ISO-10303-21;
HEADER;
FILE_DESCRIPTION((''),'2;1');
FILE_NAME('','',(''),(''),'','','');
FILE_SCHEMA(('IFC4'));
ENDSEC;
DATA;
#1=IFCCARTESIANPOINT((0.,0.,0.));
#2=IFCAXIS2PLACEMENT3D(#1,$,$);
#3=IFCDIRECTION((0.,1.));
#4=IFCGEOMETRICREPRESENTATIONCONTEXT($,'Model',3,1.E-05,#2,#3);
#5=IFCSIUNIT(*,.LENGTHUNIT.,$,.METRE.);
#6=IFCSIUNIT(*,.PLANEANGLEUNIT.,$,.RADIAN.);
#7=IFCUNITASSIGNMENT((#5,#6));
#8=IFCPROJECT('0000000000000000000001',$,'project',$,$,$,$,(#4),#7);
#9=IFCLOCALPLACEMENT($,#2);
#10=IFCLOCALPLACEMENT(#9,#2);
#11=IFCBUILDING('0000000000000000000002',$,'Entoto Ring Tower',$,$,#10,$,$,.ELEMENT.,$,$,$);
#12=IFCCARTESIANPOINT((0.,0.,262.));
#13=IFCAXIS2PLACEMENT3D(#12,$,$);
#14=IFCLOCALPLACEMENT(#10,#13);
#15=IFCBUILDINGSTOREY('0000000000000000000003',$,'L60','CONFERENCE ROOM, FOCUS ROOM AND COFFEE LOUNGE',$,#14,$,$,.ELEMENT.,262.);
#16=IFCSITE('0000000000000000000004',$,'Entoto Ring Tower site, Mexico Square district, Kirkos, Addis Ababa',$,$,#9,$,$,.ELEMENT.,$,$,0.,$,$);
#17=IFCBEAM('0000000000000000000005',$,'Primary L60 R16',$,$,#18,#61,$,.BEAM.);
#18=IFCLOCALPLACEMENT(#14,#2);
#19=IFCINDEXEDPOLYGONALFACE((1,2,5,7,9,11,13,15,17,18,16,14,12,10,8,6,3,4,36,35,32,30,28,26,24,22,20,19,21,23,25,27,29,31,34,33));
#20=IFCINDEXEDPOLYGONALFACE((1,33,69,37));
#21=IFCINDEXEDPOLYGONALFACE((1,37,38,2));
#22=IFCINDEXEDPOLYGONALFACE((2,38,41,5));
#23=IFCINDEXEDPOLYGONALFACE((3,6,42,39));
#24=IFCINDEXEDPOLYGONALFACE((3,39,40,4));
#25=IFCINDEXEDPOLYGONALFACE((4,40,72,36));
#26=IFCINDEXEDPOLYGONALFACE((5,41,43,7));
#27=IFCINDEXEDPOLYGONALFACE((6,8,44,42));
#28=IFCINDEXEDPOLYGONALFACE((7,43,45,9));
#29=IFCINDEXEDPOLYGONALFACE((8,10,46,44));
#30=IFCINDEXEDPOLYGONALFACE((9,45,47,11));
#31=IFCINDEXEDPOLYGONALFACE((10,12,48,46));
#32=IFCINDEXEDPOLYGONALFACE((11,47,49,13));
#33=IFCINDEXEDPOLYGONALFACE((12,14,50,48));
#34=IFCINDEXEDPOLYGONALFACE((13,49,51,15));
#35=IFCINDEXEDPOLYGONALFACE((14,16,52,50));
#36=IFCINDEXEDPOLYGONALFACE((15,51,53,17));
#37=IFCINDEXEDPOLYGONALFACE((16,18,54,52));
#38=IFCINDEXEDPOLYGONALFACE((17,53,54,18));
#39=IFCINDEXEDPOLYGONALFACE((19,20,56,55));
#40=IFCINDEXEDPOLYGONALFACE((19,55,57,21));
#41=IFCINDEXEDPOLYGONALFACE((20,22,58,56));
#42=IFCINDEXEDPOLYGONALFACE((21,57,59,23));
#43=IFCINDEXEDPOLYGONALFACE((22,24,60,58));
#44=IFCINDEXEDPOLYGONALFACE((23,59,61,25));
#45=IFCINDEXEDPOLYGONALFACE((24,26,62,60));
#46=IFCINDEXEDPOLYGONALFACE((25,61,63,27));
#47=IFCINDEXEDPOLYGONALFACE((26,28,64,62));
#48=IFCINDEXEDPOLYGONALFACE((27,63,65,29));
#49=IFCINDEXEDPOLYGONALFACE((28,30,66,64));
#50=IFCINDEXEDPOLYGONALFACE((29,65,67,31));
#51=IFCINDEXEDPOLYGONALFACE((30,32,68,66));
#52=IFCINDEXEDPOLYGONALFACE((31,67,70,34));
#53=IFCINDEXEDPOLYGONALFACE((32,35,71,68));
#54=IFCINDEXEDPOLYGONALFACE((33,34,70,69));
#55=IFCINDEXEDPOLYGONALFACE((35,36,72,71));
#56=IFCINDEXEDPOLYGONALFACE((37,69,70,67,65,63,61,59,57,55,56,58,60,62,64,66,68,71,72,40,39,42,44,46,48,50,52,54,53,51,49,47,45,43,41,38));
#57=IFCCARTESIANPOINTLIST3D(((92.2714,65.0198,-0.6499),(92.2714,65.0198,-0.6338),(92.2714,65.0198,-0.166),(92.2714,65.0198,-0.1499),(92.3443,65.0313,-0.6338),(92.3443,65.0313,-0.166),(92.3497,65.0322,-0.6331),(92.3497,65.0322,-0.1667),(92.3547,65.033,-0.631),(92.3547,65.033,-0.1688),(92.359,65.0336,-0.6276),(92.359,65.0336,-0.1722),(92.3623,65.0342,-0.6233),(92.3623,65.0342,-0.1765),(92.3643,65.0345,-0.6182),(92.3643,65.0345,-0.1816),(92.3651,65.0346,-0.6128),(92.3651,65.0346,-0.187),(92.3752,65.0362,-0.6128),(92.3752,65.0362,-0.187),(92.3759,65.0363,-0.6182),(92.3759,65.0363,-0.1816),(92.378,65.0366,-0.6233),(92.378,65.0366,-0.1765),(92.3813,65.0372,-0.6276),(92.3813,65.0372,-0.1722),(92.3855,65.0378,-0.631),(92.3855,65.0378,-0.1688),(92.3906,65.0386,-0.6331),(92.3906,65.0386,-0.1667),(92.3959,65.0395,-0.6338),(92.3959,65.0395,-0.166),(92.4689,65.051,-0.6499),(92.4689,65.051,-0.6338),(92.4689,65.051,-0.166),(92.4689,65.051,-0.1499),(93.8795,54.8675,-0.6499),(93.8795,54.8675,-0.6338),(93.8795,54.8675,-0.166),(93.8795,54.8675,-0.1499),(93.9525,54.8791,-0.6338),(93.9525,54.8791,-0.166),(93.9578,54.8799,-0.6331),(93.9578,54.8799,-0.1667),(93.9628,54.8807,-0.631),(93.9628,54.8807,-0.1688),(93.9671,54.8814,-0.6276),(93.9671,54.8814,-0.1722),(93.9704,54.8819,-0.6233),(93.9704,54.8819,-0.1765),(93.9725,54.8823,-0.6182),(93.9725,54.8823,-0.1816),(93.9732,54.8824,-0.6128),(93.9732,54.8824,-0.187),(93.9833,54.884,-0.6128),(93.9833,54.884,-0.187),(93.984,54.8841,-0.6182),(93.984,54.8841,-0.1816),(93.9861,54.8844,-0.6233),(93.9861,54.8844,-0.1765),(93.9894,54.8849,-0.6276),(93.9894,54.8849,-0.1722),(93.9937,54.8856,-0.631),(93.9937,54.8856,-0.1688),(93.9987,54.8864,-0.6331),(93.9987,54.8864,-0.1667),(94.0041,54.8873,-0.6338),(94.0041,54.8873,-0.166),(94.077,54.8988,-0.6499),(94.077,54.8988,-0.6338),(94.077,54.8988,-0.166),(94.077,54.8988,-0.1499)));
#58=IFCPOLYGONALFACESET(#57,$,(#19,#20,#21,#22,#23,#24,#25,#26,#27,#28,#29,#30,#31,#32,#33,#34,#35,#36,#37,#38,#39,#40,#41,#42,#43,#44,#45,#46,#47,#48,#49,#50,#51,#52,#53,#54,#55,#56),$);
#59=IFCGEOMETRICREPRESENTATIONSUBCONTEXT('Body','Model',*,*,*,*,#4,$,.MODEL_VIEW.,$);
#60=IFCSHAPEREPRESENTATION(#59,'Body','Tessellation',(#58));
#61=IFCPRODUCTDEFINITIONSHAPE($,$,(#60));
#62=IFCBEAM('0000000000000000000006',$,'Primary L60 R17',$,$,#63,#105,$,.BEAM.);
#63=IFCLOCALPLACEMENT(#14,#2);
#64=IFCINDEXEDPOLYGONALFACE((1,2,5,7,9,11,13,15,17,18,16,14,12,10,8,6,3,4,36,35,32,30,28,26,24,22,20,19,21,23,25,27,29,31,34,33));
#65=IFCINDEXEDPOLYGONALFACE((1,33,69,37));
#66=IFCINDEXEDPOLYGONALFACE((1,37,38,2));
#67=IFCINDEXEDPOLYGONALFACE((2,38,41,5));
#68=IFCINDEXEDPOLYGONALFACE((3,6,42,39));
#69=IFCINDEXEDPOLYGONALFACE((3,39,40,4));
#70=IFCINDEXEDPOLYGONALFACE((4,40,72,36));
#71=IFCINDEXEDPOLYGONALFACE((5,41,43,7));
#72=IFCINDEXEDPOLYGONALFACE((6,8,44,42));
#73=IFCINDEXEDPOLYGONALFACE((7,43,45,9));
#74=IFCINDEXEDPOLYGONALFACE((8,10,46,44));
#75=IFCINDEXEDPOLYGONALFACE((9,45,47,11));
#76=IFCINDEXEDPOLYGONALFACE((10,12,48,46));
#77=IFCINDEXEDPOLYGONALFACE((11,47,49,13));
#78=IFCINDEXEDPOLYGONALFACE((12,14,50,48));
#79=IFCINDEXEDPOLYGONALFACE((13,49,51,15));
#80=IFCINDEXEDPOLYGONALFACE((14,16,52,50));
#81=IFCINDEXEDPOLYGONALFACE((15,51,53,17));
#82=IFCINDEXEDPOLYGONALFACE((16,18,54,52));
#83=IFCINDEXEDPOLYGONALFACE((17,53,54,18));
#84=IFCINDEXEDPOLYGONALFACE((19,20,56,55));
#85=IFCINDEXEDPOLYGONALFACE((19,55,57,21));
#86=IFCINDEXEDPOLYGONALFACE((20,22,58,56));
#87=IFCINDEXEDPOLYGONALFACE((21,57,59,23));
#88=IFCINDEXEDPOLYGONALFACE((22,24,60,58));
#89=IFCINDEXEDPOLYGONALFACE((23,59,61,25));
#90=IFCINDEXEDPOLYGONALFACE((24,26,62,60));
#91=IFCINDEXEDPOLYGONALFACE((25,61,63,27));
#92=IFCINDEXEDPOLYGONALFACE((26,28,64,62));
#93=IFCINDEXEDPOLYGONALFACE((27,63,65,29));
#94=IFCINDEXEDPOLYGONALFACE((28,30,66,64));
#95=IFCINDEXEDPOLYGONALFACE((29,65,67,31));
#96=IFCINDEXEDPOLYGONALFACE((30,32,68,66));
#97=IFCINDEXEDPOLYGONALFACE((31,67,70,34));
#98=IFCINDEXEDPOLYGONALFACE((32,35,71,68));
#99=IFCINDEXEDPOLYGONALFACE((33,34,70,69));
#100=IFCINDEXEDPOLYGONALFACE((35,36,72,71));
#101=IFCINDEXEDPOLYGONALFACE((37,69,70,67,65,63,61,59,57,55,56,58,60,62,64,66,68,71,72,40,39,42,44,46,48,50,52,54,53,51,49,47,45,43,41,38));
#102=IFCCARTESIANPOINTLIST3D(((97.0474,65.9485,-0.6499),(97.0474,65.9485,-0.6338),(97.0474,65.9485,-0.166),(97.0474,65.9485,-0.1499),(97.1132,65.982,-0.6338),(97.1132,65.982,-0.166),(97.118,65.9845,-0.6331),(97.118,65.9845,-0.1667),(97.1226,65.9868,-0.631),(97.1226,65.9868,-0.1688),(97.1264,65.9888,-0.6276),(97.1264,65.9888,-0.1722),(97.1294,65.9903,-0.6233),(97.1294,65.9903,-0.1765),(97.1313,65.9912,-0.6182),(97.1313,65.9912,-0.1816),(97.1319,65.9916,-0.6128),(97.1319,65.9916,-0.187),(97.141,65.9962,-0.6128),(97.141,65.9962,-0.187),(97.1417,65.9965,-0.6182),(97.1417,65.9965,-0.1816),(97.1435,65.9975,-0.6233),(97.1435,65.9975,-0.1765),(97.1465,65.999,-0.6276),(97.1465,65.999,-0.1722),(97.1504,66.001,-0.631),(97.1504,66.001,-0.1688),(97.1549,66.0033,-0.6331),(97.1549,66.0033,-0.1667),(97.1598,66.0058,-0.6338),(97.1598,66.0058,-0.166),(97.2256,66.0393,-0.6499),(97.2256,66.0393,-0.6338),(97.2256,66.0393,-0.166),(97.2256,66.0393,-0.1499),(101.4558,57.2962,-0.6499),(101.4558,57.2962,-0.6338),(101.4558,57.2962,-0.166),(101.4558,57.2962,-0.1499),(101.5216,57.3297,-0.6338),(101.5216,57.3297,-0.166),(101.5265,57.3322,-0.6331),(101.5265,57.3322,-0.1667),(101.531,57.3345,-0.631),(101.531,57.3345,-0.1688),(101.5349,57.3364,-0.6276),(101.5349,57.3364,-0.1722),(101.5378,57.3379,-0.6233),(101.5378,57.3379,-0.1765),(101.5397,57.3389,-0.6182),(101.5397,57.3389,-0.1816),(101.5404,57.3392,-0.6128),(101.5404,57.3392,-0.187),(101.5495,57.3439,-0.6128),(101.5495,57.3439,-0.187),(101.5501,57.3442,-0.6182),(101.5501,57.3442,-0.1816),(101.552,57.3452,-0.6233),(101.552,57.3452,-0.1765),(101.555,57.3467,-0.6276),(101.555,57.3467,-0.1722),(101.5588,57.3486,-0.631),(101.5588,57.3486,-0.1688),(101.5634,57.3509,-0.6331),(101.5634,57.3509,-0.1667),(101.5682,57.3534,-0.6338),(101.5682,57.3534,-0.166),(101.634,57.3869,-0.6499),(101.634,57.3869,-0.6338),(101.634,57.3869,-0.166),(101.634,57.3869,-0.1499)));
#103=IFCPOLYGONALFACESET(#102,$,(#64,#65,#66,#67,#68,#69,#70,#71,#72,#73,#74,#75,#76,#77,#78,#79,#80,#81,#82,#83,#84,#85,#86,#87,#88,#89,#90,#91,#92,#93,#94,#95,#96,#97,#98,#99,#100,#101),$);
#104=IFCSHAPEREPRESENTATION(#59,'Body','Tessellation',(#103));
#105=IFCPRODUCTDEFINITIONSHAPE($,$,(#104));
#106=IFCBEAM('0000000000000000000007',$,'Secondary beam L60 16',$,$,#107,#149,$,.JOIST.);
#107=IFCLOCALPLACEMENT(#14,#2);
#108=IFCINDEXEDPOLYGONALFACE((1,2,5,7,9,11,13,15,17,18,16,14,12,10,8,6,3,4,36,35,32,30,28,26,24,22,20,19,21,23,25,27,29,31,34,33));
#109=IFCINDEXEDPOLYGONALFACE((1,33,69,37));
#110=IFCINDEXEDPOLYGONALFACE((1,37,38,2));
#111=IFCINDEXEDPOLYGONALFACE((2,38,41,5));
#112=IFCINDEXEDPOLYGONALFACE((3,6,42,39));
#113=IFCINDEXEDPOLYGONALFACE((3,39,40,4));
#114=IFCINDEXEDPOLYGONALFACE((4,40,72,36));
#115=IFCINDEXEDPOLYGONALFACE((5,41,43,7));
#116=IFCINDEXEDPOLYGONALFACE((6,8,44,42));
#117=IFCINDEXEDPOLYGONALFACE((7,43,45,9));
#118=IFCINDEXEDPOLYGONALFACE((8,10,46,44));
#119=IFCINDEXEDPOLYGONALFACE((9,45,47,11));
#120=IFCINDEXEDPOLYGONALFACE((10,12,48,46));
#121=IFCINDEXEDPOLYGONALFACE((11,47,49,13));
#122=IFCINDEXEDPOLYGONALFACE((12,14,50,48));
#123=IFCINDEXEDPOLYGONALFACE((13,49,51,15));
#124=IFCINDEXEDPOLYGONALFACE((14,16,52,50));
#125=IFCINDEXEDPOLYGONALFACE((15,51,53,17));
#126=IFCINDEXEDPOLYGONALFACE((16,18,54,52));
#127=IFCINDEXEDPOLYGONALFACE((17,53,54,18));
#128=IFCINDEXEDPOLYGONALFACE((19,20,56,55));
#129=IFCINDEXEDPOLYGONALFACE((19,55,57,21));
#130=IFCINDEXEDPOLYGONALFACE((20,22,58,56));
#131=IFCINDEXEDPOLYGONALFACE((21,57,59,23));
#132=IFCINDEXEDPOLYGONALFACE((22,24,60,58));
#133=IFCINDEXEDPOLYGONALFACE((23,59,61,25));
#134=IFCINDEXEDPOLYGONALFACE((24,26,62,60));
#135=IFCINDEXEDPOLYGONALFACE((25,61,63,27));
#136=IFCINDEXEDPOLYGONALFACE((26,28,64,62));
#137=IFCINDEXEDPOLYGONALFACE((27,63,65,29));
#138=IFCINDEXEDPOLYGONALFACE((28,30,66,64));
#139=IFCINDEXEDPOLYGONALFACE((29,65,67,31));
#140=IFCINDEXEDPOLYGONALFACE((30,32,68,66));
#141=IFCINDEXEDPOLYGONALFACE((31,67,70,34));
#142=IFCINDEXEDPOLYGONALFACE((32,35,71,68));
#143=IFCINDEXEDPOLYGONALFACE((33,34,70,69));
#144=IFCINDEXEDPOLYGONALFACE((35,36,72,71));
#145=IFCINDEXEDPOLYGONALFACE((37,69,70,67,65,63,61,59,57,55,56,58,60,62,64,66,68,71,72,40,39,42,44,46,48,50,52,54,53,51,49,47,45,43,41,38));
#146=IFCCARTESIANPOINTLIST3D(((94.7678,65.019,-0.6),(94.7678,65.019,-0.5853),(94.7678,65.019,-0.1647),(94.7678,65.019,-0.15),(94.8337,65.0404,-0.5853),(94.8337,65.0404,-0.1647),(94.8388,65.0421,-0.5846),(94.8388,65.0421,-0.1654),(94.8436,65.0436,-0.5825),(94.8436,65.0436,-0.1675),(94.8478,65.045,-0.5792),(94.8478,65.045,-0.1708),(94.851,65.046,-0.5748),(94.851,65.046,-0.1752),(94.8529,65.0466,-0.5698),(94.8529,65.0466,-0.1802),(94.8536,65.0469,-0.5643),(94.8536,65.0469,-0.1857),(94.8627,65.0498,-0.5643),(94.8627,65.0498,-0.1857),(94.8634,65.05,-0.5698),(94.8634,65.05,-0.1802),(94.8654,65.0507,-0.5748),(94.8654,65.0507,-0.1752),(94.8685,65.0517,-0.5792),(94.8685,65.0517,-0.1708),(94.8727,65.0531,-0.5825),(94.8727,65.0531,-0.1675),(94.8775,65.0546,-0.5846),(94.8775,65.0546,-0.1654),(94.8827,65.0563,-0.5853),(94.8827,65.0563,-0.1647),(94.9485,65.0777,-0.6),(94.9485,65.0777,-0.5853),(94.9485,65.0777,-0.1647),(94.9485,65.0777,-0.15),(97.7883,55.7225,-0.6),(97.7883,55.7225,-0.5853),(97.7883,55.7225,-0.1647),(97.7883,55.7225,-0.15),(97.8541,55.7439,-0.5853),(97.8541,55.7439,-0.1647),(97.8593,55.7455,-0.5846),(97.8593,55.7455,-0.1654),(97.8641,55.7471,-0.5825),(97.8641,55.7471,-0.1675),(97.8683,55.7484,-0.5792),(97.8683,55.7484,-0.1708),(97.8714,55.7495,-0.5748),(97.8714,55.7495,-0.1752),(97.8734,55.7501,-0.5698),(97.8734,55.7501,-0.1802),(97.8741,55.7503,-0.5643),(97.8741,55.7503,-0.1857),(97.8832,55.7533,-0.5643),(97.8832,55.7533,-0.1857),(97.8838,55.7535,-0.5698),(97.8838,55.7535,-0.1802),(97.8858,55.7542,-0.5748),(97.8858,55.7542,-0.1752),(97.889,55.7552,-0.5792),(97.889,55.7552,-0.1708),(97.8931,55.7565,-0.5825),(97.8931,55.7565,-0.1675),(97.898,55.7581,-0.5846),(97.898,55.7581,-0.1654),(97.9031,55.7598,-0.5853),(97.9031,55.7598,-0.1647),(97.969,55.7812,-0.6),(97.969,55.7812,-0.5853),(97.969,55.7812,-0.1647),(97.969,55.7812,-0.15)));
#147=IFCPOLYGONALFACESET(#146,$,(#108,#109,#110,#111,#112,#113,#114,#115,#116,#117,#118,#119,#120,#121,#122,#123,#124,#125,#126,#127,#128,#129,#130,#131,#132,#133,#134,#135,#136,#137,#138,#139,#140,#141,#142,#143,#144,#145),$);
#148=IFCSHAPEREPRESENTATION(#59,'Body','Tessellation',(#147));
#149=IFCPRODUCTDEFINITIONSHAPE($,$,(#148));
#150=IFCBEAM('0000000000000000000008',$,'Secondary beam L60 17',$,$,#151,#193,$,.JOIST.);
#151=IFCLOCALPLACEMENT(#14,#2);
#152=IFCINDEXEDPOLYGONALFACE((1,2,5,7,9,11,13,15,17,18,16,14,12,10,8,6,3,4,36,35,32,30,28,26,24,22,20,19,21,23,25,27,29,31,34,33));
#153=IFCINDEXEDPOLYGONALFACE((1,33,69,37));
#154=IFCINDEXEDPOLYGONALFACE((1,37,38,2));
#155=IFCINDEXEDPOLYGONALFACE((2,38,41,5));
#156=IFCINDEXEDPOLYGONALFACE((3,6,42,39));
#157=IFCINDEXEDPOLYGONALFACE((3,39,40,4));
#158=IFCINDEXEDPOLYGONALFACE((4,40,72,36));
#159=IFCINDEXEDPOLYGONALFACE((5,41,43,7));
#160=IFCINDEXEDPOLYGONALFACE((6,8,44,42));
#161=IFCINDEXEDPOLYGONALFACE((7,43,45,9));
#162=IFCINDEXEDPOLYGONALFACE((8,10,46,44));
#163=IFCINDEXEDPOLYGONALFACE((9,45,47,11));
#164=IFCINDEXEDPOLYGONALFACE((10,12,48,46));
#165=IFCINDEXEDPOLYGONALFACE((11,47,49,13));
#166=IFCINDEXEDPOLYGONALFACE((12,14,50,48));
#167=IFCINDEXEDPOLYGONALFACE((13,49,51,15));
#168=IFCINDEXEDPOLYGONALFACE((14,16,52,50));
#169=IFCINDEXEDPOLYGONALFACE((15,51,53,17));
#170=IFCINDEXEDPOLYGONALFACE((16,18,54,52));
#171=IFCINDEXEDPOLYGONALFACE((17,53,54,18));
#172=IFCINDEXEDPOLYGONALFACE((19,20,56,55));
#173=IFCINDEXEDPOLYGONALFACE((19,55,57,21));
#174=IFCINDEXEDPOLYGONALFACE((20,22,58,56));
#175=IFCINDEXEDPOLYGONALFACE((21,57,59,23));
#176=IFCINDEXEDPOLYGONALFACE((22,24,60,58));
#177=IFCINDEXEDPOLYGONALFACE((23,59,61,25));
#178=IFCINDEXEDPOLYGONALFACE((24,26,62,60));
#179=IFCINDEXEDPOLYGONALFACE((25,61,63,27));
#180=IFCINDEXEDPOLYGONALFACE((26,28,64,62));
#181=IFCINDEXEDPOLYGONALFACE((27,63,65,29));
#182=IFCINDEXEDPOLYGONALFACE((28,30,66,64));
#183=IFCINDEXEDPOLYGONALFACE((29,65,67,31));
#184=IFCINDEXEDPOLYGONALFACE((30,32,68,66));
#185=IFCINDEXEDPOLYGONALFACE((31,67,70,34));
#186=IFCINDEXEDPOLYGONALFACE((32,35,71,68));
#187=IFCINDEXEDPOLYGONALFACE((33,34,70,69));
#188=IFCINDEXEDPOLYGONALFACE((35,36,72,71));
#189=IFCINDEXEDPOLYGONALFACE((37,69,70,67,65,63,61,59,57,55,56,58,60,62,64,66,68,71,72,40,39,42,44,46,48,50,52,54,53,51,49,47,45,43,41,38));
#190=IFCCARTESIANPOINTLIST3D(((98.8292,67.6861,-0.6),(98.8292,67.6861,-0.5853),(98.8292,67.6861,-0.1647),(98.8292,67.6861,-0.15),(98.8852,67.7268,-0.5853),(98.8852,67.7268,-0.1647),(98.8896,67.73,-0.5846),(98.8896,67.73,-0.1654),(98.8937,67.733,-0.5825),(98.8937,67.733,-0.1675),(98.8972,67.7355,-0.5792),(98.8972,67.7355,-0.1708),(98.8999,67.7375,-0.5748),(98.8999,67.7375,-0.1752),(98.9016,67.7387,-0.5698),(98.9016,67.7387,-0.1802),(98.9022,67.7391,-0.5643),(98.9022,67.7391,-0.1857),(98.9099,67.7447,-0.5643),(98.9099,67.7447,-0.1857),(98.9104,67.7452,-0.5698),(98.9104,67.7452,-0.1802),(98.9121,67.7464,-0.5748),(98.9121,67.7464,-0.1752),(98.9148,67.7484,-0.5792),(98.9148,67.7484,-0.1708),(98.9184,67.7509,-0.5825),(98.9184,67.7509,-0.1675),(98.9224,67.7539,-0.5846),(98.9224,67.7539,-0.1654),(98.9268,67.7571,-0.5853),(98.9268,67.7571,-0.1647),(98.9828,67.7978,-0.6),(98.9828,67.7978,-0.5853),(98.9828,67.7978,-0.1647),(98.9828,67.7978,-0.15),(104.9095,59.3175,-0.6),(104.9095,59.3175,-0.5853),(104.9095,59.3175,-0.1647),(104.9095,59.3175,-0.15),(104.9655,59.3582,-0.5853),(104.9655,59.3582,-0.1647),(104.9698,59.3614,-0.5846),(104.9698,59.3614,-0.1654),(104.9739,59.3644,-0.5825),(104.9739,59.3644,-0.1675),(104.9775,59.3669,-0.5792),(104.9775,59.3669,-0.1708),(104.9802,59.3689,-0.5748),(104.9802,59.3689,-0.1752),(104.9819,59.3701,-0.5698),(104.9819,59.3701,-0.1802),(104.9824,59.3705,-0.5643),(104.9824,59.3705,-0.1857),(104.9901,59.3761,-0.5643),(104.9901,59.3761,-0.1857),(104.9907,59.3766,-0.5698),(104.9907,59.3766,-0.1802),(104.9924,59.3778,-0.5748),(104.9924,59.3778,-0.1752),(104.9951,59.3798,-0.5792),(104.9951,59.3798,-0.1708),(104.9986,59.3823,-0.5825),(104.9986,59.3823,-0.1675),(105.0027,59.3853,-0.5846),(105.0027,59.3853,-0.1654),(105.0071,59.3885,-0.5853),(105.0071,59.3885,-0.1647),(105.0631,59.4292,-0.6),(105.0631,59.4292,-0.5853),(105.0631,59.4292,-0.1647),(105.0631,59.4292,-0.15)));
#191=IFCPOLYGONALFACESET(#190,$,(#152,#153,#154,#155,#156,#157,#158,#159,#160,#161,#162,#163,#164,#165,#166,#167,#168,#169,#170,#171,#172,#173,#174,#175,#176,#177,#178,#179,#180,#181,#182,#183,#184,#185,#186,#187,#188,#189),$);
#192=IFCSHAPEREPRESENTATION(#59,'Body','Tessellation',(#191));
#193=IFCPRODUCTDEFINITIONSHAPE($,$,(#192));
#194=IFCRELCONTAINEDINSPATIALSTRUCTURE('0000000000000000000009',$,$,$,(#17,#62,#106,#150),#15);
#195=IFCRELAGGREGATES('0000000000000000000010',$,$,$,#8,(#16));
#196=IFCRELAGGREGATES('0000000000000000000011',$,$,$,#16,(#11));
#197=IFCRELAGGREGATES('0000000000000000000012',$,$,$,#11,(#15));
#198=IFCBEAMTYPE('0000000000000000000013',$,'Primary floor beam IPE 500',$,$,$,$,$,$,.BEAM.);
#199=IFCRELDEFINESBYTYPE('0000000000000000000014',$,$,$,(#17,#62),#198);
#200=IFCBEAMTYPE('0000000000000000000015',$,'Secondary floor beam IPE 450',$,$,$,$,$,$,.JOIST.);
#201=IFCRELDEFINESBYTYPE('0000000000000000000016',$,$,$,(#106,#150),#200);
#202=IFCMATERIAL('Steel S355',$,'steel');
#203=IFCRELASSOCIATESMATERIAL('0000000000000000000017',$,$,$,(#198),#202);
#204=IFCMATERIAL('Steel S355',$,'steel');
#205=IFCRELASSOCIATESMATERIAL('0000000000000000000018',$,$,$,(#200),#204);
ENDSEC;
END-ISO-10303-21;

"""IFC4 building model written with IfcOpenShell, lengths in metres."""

from ifc_helpers import new_model, si_unit, direction, frame, origin, origin_2d, place, context, subcontext, project, spatial, i_section, extrude, material, material_profile, profile_set, type_object, element, save


model = new_model("IFC4")

# Units and contexts
model_context = context("Model", 3, precision=1e-05, world=origin(), true_north=direction((0.0, 1.0)))
body_context = subcontext(model_context, "Body", "Model", "MODEL_VIEW")
ifc_project = project(units=[si_unit("LENGTHUNIT", "METRE"), si_unit("PLANEANGLEUNIT", "RADIAN")], contexts=[model_context])

# Site, building, storey
site_placement = place(None, origin())
site = spatial("IfcSite", under=ifc_project, at=site_placement, Name="Entoto Ring Tower site, Mexico Square district, Kirkos, Addis Ababa", CompositionType="ELEMENT", RefElevation=0.0)
building_placement = place(site_placement, origin())
building = spatial("IfcBuilding", under=site, at=building_placement, Name="Entoto Ring Tower", CompositionType="ELEMENT")
storey_placement = place(building_placement, frame((0.0, 0.0, 262.0)))
storey = spatial("IfcBuildingStorey", under=building, at=storey_placement, Name="L60", Description="CONFERENCE ROOM, FOCUS ROOM AND COFFEE LOUNGE", CompositionType="ELEMENT", Elevation=262.0)

# Beams
ifc_material_1 = material(Name="Steel S355", Category="steel")
ifc_material_profile_1 = material_profile(ifc_material_1, i_section(OverallWidth=0.2, OverallDepth=0.5, WebThickness=0.0103, FlangeThickness=0.0161, FilletRadius=0.021, at=origin_2d()), Name="IPE 500")
ifc_profile_set_1 = profile_set([ifc_material_profile_1], Name="Steel S355")
beam_type_1 = type_object("IfcBeamType", Name="Primary floor beam IPE 500", PredefinedType="BEAM", material=ifc_profile_set_1)
beam_1_placement = place(storey_placement, frame((92.3701, 65.0354, -0.3999), z_axis=(0.156452, -0.987686, 0.0), x_axis=(0.987686, 0.156452, 0.0)))
element("IfcBeam", 1, at=beam_1_placement, inside=storey, type_object=beam_type_1, Name="Primary L60 R16", PredefinedType="BEAM", context=body_context, shape_type="SweptSolid", body=[
    extrude(i_section(OverallWidth=0.2, OverallDepth=0.5, WebThickness=0.0103, FlangeThickness=0.0161, FilletRadius=0.021, at=origin_2d()), origin(), (0.0, 0.0, 1.0), 10.2788),
])
beam_2_placement = place(storey_placement, frame((97.1365, 65.9939, -0.3999), z_axis=(0.453979, -0.891012, 0.0), x_axis=(0.891012, 0.453979, 0.0)))
element("IfcBeam", 2, at=beam_2_placement, inside=storey, type_object=beam_type_1, Name="Primary L60 R17", PredefinedType="BEAM", context=body_context, shape_type="SweptSolid", body=[
    extrude(i_section(OverallWidth=0.2, OverallDepth=0.5, WebThickness=0.0103, FlangeThickness=0.0161, FilletRadius=0.021, at=origin_2d()), origin(), (0.0, 0.0, 1.0), 9.7107),
])
ifc_material_2 = material(Name="Steel S355", Category="steel")
ifc_material_profile_2 = material_profile(ifc_material_2, i_section(OverallWidth=0.1899, OverallDepth=0.45, WebThickness=0.0095, FlangeThickness=0.0146, FilletRadius=0.021, at=origin_2d()), Name="IPE 450")
ifc_profile_set_2 = profile_set([ifc_material_profile_2], Name="Steel S355")
beam_type_2 = type_object("IfcBeamType", Name="Secondary floor beam IPE 450", PredefinedType="JOIST", material=ifc_profile_set_2)
beam_3_placement = place(storey_placement, frame((94.8582, 65.0483, -0.375), z_axis=(0.309003, -0.951061, 0.0), x_axis=(0.951061, 0.309003, 0.0)))
element("IfcBeam", 3, at=beam_3_placement, inside=storey, type_object=beam_type_2, Name="Secondary beam L60 16", PredefinedType="JOIST", context=body_context, shape_type="SweptSolid", body=[
    extrude(i_section(OverallWidth=0.1899, OverallDepth=0.45, WebThickness=0.0095, FlangeThickness=0.0146, FilletRadius=0.021, at=origin_2d()), origin(), (0.0, 0.0, 1.0), 9.7749),
])
beam_4_placement = place(storey_placement, frame((98.906, 67.7419, -0.375), z_axis=(0.587794, -0.809011, 0.0), x_axis=(0.809011, 0.587794, 0.0)))
element("IfcBeam", 4, at=beam_4_placement, inside=storey, type_object=beam_type_2, Name="Secondary beam L60 17", PredefinedType="JOIST", context=body_context, shape_type="SweptSolid", body=[
    extrude(i_section(OverallWidth=0.1899, OverallDepth=0.45, WebThickness=0.0095, FlangeThickness=0.0146, FilletRadius=0.021, at=origin_2d()), origin(), (0.0, 0.0, 1.0), 10.3442),
])

save(model, "model.ifc")
